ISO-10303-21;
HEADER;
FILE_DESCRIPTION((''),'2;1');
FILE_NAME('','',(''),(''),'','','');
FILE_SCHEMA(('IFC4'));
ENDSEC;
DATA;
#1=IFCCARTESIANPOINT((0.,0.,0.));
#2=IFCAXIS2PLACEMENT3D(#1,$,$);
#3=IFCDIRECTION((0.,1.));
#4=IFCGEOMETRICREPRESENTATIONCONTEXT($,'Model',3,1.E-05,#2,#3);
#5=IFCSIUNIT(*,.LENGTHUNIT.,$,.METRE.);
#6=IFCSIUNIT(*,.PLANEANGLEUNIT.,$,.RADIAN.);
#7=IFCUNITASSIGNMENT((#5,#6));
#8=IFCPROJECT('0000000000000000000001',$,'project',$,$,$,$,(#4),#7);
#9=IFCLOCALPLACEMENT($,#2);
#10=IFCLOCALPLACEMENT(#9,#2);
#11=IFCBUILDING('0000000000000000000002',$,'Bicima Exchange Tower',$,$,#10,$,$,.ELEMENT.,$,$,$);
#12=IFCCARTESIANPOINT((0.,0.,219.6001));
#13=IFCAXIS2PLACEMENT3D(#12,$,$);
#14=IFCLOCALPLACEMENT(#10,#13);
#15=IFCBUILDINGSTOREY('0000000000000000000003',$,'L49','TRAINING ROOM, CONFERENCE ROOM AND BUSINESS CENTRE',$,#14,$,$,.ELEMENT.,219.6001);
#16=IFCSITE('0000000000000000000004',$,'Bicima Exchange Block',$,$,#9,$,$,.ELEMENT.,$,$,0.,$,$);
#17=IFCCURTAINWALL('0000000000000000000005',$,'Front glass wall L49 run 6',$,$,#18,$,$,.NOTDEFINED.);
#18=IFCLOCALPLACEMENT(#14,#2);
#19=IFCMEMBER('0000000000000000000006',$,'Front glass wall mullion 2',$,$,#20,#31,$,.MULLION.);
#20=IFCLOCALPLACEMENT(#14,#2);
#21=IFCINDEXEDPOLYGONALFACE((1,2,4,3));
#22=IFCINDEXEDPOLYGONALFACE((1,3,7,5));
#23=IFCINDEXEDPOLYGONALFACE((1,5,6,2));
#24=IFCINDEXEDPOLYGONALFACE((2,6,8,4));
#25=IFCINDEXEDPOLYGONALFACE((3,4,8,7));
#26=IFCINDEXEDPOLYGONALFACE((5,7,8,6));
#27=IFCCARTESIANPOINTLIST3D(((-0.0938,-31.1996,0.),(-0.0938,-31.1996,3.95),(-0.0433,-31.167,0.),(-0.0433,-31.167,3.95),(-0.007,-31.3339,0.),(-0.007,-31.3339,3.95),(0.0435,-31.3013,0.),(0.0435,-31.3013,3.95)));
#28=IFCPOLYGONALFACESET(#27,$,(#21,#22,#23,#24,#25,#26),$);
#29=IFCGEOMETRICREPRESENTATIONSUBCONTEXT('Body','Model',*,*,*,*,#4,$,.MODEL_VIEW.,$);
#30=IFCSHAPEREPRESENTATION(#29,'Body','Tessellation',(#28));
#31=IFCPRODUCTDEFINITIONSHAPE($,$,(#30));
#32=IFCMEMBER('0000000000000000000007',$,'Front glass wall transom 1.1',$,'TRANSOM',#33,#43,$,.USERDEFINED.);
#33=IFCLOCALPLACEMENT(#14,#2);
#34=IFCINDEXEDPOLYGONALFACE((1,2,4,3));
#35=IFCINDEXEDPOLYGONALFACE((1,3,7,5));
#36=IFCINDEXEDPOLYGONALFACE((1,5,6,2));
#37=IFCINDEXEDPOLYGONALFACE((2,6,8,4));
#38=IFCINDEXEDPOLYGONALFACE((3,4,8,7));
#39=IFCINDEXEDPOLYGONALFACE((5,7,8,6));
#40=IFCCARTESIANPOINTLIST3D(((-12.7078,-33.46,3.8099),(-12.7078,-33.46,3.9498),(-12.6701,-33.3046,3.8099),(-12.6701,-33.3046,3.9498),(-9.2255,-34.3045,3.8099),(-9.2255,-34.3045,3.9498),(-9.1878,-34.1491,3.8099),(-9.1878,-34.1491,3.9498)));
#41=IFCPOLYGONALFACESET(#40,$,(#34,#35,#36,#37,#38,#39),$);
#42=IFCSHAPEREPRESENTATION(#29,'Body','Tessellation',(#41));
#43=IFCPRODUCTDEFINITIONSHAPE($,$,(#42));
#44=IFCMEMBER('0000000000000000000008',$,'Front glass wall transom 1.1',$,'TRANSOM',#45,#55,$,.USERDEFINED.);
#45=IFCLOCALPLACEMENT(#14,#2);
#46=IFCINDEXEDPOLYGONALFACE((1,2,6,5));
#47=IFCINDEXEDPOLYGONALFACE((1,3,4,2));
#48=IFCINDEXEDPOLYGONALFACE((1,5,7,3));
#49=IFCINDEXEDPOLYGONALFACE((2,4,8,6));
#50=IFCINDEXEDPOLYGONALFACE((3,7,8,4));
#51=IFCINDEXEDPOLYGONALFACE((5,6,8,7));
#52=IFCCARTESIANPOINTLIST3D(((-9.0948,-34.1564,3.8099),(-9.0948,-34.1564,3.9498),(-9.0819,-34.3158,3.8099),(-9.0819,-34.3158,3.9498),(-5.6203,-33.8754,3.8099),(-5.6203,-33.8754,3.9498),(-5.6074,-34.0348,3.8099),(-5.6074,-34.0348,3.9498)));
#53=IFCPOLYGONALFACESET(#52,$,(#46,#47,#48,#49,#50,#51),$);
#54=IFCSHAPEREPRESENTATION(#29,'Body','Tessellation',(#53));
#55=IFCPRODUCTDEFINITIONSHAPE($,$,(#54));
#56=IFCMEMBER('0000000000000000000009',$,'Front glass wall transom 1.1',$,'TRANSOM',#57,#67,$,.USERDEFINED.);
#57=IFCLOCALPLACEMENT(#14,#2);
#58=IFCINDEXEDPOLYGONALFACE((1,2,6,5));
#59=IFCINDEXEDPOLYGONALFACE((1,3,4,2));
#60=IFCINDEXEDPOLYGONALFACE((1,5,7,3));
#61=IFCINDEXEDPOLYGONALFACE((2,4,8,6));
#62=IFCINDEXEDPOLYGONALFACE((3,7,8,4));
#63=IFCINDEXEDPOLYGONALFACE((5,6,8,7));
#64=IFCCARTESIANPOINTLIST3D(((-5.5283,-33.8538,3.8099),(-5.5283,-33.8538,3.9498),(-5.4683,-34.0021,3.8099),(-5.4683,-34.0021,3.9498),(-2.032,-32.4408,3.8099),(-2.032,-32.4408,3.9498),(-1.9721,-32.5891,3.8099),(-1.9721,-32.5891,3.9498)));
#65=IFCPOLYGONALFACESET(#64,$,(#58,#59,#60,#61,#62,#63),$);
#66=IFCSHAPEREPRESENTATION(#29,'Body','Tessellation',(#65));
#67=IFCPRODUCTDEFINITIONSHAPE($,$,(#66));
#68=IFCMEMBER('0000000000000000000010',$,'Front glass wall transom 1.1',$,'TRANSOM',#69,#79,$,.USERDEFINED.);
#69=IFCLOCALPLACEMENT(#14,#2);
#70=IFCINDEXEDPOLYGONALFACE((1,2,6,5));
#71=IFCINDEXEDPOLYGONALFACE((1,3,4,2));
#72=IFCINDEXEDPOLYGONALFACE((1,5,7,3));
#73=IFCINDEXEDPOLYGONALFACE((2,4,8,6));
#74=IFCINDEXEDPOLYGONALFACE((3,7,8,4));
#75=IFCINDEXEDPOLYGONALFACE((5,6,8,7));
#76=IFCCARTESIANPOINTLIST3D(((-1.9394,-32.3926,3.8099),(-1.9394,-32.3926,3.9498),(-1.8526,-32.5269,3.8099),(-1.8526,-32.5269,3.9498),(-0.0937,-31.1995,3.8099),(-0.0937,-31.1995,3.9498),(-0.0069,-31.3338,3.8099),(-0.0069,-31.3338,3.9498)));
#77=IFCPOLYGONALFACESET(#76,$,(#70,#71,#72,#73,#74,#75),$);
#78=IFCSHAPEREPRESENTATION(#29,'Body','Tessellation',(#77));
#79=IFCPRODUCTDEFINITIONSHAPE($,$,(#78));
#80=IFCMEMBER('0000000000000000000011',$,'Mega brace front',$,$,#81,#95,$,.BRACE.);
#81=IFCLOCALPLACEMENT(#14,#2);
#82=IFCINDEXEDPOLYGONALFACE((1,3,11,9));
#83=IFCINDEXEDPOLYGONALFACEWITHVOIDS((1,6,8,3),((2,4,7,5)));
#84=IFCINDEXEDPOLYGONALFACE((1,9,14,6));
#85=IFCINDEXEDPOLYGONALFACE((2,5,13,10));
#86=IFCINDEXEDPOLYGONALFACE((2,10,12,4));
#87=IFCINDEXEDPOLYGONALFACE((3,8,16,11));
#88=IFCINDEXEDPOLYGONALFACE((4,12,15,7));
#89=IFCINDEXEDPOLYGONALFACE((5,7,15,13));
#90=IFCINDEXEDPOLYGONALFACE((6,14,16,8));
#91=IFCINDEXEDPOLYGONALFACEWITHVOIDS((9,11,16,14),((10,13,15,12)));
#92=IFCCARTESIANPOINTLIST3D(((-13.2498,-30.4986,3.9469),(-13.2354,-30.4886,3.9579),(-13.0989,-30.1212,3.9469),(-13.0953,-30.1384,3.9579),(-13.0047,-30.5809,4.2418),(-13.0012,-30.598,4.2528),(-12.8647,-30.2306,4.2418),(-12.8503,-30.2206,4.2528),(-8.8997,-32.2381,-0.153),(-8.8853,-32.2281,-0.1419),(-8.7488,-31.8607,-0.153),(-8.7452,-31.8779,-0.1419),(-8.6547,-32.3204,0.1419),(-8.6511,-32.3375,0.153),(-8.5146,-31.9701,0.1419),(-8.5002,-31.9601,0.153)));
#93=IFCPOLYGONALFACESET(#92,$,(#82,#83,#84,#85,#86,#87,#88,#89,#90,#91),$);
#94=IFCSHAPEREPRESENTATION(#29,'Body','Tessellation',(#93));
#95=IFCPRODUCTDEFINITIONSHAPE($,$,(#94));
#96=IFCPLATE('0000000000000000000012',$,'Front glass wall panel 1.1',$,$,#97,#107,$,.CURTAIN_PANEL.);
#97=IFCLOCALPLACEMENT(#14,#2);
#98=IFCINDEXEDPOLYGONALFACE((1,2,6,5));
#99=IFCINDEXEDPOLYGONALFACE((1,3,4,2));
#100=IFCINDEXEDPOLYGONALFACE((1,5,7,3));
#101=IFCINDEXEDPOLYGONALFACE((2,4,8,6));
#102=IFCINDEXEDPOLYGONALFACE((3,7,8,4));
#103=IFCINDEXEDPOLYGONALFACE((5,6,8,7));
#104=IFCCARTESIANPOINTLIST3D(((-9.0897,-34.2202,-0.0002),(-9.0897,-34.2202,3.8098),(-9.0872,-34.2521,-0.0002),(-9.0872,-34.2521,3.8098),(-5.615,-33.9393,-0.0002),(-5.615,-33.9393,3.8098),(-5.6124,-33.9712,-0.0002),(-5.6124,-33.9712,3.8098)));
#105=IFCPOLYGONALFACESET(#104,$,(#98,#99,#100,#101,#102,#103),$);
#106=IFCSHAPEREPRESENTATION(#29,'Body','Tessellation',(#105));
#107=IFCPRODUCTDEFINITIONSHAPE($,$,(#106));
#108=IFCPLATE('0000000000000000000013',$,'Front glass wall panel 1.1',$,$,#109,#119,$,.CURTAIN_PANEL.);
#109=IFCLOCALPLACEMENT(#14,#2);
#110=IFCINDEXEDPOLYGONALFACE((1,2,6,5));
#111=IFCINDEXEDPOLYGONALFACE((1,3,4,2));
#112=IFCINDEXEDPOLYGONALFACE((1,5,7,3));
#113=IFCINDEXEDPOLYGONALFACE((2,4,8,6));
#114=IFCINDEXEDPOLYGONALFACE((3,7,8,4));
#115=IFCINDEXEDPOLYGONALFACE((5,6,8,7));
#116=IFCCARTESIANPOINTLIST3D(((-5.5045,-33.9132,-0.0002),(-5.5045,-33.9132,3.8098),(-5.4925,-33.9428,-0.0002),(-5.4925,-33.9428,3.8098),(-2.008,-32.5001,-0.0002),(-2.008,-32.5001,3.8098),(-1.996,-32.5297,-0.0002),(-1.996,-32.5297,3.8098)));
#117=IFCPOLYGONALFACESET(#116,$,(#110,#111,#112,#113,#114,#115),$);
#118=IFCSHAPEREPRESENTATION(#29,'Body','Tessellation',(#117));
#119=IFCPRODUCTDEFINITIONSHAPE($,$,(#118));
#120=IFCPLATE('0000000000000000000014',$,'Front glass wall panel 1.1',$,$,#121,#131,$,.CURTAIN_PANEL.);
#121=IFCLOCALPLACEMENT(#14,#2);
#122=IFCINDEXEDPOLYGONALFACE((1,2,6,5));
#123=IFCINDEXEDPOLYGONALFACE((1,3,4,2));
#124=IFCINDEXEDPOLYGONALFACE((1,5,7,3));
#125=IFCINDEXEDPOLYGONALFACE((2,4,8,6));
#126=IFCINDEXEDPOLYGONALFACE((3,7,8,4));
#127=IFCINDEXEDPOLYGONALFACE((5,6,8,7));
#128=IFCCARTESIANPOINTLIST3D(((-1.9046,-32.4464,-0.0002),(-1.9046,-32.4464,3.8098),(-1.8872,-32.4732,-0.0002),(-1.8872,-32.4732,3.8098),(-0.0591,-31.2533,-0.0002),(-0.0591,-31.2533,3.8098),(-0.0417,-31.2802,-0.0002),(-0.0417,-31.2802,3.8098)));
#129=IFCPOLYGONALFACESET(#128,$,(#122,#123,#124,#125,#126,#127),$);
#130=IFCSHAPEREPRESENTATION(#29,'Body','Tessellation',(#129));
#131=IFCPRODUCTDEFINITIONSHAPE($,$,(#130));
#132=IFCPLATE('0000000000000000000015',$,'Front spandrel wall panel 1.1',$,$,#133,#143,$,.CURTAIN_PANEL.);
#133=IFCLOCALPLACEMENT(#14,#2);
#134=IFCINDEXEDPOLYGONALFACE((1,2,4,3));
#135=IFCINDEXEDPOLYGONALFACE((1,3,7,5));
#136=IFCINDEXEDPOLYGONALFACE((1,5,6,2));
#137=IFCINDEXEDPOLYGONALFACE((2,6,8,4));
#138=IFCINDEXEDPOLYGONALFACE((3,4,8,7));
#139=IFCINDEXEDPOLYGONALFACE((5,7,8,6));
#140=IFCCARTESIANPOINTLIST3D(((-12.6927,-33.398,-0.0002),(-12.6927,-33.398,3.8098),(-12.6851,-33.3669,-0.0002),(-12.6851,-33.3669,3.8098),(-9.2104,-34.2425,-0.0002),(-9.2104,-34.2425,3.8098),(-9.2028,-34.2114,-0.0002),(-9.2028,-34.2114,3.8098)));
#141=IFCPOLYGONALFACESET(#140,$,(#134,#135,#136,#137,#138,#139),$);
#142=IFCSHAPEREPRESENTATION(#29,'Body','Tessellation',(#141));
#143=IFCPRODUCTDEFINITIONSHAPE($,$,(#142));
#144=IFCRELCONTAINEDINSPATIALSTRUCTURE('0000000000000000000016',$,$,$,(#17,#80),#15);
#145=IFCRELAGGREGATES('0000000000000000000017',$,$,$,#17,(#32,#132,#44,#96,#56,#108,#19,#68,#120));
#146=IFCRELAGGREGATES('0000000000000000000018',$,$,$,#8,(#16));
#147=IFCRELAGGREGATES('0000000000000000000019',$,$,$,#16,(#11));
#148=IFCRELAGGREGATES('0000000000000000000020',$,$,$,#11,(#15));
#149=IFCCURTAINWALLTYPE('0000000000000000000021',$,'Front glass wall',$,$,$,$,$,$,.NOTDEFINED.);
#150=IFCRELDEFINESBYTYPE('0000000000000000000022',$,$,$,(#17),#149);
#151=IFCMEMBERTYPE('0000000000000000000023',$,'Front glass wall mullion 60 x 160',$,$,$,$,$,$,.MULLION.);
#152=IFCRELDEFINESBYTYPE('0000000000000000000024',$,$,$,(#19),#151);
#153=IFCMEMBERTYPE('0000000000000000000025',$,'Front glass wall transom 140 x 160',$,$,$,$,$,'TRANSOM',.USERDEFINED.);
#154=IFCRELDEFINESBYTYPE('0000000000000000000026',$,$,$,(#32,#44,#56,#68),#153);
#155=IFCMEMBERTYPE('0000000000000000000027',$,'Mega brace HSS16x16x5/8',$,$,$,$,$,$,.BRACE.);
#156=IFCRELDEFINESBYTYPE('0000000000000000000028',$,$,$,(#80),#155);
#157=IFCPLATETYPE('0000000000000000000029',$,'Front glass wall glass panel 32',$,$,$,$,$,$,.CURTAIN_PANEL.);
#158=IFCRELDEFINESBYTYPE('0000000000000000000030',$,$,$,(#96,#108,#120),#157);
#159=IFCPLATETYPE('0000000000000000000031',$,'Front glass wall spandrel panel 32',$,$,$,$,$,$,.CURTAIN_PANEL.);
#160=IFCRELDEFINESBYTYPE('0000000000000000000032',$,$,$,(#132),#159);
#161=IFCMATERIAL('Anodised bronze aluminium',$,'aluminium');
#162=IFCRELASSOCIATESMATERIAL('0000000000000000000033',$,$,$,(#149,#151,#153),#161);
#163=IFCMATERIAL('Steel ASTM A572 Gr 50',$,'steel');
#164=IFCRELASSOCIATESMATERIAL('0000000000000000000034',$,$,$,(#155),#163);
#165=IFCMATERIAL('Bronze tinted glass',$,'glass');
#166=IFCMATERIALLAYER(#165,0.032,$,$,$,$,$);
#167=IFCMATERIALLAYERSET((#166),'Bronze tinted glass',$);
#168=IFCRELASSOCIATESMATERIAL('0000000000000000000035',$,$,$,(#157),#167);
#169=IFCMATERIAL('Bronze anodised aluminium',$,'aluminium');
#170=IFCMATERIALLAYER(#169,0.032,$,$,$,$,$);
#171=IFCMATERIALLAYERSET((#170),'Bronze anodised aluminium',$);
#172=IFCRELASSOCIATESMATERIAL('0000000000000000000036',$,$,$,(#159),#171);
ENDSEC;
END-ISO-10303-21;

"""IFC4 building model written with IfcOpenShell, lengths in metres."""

from ifc_helpers import new_model, si_unit, direction, frame, origin, origin_2d, place, context, subcontext, project, spatial, rectangle, hollow_rectangle, extrude, material, layer, layer_set, material_profile, profile_set, type_object, element, aggregate, save


model = new_model("IFC4")

# Units and contexts
model_context = context("Model", 3, precision=1e-05, world=origin(), true_north=direction((0.0, 1.0)))
body_context = subcontext(model_context, "Body", "Model", "MODEL_VIEW")
ifc_project = project(units=[si_unit("LENGTHUNIT", "METRE"), si_unit("PLANEANGLEUNIT", "RADIAN")], contexts=[model_context])

# Site, building, storey
site_placement = place(None, origin())
site = spatial("IfcSite", under=ifc_project, at=site_placement, Name="Bicima Exchange Block", CompositionType="ELEMENT", RefElevation=0.0)
building_placement = place(site_placement, origin())
building = spatial("IfcBuilding", under=site, at=building_placement, Name="Bicima Exchange Tower", CompositionType="ELEMENT")
storey_placement = place(building_placement, frame((0.0, 0.0, 219.6001)))
storey = spatial("IfcBuildingStorey", under=building, at=storey_placement, Name="L49", Description="TRAINING ROOM, CONFERENCE ROOM AND BUSINESS CENTRE", CompositionType="ELEMENT", Elevation=219.6001)

# Shared definitions
ifc_material_1 = material(Name="Steel ASTM A572 Gr 50", Category="steel")

# Curtain wall, members
ifc_material_2 = material(Name="Anodised bronze aluminium", Category="aluminium")
curtain_wall_type = type_object("IfcCurtainWallType", Name="Front glass wall", PredefinedType="NOTDEFINED", material=ifc_material_2)
curtain_wall_placement = place(storey_placement, origin())
curtain_wall = element("IfcCurtainWall", 1, at=curtain_wall_placement, inside=storey, type_object=curtain_wall_type, Name="Front glass wall L49 run 6", PredefinedType="NOTDEFINED")
ifc_material_profile_1 = material_profile(ifc_material_2, rectangle(XDim=0.1599, YDim=0.0601, at=origin_2d()))
ifc_profile_set_1 = profile_set([ifc_material_profile_1], Name="Anodised bronze aluminium")
member_type_1 = type_object("IfcMemberType", Name="Front glass wall mullion 60 x 160", PredefinedType="MULLION", material=ifc_profile_set_1)
member_1_placement = place(storey_placement, frame((-0.0251, -31.2505, 0.0), z_axis=(0.0, 0.0, 1.0), x_axis=(-0.542897, 0.839799, 0.0)))
member_1 = element("IfcMember", 2, at=member_1_placement, type_object=member_type_1, Name="Front glass wall mullion 2", PredefinedType="MULLION", context=body_context, shape_type="SweptSolid", body=[
    extrude(rectangle(XDim=0.1599, YDim=0.0601, at=origin_2d()), origin(), (0.0, 0.0, 1.0), 3.95),
])
ifc_material_profile_2 = material_profile(ifc_material_2, rectangle(XDim=0.1599, YDim=0.1399, at=origin_2d()))
ifc_profile_set_2 = profile_set([ifc_material_profile_2], Name="Anodised bronze aluminium")
member_type_2 = type_object("IfcMemberType", Name="Front glass wall transom 140 x 160", ElementType="TRANSOM", PredefinedType="USERDEFINED", material=ifc_profile_set_2)
member_2_placement = place(storey_placement, frame((-12.689, -33.3823, 3.8799), z_axis=(0.971834, -0.235668, 0.0), x_axis=(0.235668, 0.971834, 0.0)))
member_2 = element("IfcMember", 3, at=member_2_placement, type_object=member_type_2, Name="Front glass wall transom 1.1", ObjectType="TRANSOM", PredefinedType="USERDEFINED", context=body_context, shape_type="SweptSolid", body=[
    extrude(rectangle(XDim=0.1599, YDim=0.1399, at=origin_2d()), origin(), (0.0, 0.0, 1.0), 3.5833),
])
member_3_placement = place(storey_placement, frame((-9.0884, -34.2361, 3.8799), z_axis=(0.996746, 0.080611, 0.0), x_axis=(-0.080611, 0.996746, 0.0)))
member_3 = element("IfcMember", 4, at=member_3_placement, type_object=member_type_2, Name="Front glass wall transom 1.1", ObjectType="TRANSOM", PredefinedType="USERDEFINED", context=body_context, shape_type="SweptSolid", body=[
    extrude(rectangle(XDim=0.1599, YDim=0.1399, at=origin_2d()), origin(), (0.0, 0.0, 1.0), 3.4858),
])
member_4_placement = place(storey_placement, frame((-5.4983, -33.928, 3.8799), z_axis=(0.92714, 0.374715, 0.0), x_axis=(-0.374715, 0.92714, 0.0)))
member_4 = element("IfcMember", 5, at=member_4_placement, type_object=member_type_2, Name="Front glass wall transom 1.1", ObjectType="TRANSOM", PredefinedType="USERDEFINED", context=body_context, shape_type="SweptSolid", body=[
    extrude(rectangle(XDim=0.1599, YDim=0.1399, at=origin_2d()), origin(), (0.0, 0.0, 1.0), 3.771),
])
member_5_placement = place(storey_placement, frame((-1.896, -32.4597, 3.8799), z_axis=(0.839811, 0.542878, 0.0), x_axis=(-0.542878, 0.839811, 0.0)))
member_5 = element("IfcMember", 6, at=member_5_placement, type_object=member_type_2, Name="Front glass wall transom 1.1", ObjectType="TRANSOM", PredefinedType="USERDEFINED", context=body_context, shape_type="SweptSolid", body=[
    extrude(rectangle(XDim=0.1599, YDim=0.1399, at=origin_2d()), origin(), (0.0, 0.0, 1.0), 2.1978),
])

# Member
ifc_material_profile_3 = material_profile(ifc_material_1, hollow_rectangle(XDim=0.4065, YDim=0.4065, WallThickness=0.0146, at=origin_2d()))
ifc_profile_set_3 = profile_set([ifc_material_profile_3], Name="Steel ASTM A572 Gr 50")
member_type_3 = type_object("IfcMemberType", Name="Mega brace HSS16x16x5/8", PredefinedType="BRACE", material=ifc_profile_set_3)
member_6_placement = place(storey_placement, frame((-8.7, -32.0991, 0.0), z_axis=(-0.698744, 0.279411, 0.658548), x_axis=(-0.371292, -0.928516, 0.0)))
element("IfcMember", 7, at=member_6_placement, inside=storey, type_object=member_type_3, Name="Mega brace front", PredefinedType="BRACE", context=body_context, shape_type="SweptSolid", body=[
    extrude(hollow_rectangle(XDim=0.4065, YDim=0.4065, WallThickness=0.0146, at=origin_2d()), origin(), (0.0, 0.0, 1.0), 6.2256),
])

# Plates
ifc_material_3 = material(Name="Bronze tinted glass", Category="glass")
ifc_layer_1 = layer(ifc_material_3, 0.032)
ifc_layer_set_1 = layer_set([ifc_layer_1], Name="Bronze tinted glass")
plate_type_1 = type_object("IfcPlateType", Name="Front glass wall glass panel 32", PredefinedType="CURTAIN_PANEL", material=ifc_layer_set_1)
plate_1_placement = place(storey_placement, frame((-7.3511, -34.0957, -0.0002), z_axis=(0.0, 0.0, 1.0), x_axis=(0.996747, 0.080589, 0.0)))
plate_1 = element("IfcPlate", 8, at=plate_1_placement, type_object=plate_type_1, Name="Front glass wall panel 1.1", PredefinedType="CURTAIN_PANEL", context=body_context, shape_type="SweptSolid", body=[
    extrude(rectangle(XDim=3.4861, YDim=0.032, at=origin_2d()), origin(), (0.0, 0.0, 1.0), 3.8101),
])
plate_2_placement = place(storey_placement, frame((-3.7502, -33.2214, -0.0002), z_axis=(0.0, 0.0, 1.0), x_axis=(0.927144, 0.374705, 0.0)))
plate_2 = element("IfcPlate", 9, at=plate_2_placement, type_object=plate_type_1, Name="Front glass wall panel 1.1", PredefinedType="CURTAIN_PANEL", context=body_context, shape_type="SweptSolid", body=[
    extrude(rectangle(XDim=3.7712, YDim=0.032, at=origin_2d()), origin(), (0.0, 0.0, 1.0), 3.8101),
])
plate_3_placement = place(storey_placement, frame((-0.9731, -31.8633, -0.0002), z_axis=(0.0, 0.0, 1.0), x_axis=(0.839799, 0.542897, 0.0)))
plate_3 = element("IfcPlate", 10, at=plate_3_placement, type_object=plate_type_1, Name="Front glass wall panel 1.1", PredefinedType="CURTAIN_PANEL", context=body_context, shape_type="SweptSolid", body=[
    extrude(rectangle(XDim=2.1975, YDim=0.032, at=origin_2d()), origin(), (0.0, 0.0, 1.0), 3.8101),
])
ifc_material_4 = material(Name="Bronze anodised aluminium", Category="aluminium")
ifc_layer_2 = layer(ifc_material_4, 0.032)
ifc_layer_set_2 = layer_set([ifc_layer_2], Name="Bronze anodised aluminium")
plate_type_2 = type_object("IfcPlateType", Name="Front glass wall spandrel panel 32", PredefinedType="CURTAIN_PANEL", material=ifc_layer_set_2)
plate_4_placement = place(storey_placement, frame((-10.9478, -33.8047, -0.0002), z_axis=(0.0, 0.0, 1.0), x_axis=(0.97183, -0.235682, 0.0)))
plate_4 = element("IfcPlate", 11, at=plate_4_placement, type_object=plate_type_2, Name="Front spandrel wall panel 1.1", PredefinedType="CURTAIN_PANEL", context=body_context, shape_type="SweptSolid", body=[
    extrude(rectangle(XDim=3.5833, YDim=0.032, at=origin_2d()), origin(), (0.0, 0.0, 1.0), 3.8101),
])
aggregate(curtain_wall, [member_2, plate_4, member_3, plate_1, member_4, plate_2, member_1, member_5, plate_3])

save(model, "model.ifc")
